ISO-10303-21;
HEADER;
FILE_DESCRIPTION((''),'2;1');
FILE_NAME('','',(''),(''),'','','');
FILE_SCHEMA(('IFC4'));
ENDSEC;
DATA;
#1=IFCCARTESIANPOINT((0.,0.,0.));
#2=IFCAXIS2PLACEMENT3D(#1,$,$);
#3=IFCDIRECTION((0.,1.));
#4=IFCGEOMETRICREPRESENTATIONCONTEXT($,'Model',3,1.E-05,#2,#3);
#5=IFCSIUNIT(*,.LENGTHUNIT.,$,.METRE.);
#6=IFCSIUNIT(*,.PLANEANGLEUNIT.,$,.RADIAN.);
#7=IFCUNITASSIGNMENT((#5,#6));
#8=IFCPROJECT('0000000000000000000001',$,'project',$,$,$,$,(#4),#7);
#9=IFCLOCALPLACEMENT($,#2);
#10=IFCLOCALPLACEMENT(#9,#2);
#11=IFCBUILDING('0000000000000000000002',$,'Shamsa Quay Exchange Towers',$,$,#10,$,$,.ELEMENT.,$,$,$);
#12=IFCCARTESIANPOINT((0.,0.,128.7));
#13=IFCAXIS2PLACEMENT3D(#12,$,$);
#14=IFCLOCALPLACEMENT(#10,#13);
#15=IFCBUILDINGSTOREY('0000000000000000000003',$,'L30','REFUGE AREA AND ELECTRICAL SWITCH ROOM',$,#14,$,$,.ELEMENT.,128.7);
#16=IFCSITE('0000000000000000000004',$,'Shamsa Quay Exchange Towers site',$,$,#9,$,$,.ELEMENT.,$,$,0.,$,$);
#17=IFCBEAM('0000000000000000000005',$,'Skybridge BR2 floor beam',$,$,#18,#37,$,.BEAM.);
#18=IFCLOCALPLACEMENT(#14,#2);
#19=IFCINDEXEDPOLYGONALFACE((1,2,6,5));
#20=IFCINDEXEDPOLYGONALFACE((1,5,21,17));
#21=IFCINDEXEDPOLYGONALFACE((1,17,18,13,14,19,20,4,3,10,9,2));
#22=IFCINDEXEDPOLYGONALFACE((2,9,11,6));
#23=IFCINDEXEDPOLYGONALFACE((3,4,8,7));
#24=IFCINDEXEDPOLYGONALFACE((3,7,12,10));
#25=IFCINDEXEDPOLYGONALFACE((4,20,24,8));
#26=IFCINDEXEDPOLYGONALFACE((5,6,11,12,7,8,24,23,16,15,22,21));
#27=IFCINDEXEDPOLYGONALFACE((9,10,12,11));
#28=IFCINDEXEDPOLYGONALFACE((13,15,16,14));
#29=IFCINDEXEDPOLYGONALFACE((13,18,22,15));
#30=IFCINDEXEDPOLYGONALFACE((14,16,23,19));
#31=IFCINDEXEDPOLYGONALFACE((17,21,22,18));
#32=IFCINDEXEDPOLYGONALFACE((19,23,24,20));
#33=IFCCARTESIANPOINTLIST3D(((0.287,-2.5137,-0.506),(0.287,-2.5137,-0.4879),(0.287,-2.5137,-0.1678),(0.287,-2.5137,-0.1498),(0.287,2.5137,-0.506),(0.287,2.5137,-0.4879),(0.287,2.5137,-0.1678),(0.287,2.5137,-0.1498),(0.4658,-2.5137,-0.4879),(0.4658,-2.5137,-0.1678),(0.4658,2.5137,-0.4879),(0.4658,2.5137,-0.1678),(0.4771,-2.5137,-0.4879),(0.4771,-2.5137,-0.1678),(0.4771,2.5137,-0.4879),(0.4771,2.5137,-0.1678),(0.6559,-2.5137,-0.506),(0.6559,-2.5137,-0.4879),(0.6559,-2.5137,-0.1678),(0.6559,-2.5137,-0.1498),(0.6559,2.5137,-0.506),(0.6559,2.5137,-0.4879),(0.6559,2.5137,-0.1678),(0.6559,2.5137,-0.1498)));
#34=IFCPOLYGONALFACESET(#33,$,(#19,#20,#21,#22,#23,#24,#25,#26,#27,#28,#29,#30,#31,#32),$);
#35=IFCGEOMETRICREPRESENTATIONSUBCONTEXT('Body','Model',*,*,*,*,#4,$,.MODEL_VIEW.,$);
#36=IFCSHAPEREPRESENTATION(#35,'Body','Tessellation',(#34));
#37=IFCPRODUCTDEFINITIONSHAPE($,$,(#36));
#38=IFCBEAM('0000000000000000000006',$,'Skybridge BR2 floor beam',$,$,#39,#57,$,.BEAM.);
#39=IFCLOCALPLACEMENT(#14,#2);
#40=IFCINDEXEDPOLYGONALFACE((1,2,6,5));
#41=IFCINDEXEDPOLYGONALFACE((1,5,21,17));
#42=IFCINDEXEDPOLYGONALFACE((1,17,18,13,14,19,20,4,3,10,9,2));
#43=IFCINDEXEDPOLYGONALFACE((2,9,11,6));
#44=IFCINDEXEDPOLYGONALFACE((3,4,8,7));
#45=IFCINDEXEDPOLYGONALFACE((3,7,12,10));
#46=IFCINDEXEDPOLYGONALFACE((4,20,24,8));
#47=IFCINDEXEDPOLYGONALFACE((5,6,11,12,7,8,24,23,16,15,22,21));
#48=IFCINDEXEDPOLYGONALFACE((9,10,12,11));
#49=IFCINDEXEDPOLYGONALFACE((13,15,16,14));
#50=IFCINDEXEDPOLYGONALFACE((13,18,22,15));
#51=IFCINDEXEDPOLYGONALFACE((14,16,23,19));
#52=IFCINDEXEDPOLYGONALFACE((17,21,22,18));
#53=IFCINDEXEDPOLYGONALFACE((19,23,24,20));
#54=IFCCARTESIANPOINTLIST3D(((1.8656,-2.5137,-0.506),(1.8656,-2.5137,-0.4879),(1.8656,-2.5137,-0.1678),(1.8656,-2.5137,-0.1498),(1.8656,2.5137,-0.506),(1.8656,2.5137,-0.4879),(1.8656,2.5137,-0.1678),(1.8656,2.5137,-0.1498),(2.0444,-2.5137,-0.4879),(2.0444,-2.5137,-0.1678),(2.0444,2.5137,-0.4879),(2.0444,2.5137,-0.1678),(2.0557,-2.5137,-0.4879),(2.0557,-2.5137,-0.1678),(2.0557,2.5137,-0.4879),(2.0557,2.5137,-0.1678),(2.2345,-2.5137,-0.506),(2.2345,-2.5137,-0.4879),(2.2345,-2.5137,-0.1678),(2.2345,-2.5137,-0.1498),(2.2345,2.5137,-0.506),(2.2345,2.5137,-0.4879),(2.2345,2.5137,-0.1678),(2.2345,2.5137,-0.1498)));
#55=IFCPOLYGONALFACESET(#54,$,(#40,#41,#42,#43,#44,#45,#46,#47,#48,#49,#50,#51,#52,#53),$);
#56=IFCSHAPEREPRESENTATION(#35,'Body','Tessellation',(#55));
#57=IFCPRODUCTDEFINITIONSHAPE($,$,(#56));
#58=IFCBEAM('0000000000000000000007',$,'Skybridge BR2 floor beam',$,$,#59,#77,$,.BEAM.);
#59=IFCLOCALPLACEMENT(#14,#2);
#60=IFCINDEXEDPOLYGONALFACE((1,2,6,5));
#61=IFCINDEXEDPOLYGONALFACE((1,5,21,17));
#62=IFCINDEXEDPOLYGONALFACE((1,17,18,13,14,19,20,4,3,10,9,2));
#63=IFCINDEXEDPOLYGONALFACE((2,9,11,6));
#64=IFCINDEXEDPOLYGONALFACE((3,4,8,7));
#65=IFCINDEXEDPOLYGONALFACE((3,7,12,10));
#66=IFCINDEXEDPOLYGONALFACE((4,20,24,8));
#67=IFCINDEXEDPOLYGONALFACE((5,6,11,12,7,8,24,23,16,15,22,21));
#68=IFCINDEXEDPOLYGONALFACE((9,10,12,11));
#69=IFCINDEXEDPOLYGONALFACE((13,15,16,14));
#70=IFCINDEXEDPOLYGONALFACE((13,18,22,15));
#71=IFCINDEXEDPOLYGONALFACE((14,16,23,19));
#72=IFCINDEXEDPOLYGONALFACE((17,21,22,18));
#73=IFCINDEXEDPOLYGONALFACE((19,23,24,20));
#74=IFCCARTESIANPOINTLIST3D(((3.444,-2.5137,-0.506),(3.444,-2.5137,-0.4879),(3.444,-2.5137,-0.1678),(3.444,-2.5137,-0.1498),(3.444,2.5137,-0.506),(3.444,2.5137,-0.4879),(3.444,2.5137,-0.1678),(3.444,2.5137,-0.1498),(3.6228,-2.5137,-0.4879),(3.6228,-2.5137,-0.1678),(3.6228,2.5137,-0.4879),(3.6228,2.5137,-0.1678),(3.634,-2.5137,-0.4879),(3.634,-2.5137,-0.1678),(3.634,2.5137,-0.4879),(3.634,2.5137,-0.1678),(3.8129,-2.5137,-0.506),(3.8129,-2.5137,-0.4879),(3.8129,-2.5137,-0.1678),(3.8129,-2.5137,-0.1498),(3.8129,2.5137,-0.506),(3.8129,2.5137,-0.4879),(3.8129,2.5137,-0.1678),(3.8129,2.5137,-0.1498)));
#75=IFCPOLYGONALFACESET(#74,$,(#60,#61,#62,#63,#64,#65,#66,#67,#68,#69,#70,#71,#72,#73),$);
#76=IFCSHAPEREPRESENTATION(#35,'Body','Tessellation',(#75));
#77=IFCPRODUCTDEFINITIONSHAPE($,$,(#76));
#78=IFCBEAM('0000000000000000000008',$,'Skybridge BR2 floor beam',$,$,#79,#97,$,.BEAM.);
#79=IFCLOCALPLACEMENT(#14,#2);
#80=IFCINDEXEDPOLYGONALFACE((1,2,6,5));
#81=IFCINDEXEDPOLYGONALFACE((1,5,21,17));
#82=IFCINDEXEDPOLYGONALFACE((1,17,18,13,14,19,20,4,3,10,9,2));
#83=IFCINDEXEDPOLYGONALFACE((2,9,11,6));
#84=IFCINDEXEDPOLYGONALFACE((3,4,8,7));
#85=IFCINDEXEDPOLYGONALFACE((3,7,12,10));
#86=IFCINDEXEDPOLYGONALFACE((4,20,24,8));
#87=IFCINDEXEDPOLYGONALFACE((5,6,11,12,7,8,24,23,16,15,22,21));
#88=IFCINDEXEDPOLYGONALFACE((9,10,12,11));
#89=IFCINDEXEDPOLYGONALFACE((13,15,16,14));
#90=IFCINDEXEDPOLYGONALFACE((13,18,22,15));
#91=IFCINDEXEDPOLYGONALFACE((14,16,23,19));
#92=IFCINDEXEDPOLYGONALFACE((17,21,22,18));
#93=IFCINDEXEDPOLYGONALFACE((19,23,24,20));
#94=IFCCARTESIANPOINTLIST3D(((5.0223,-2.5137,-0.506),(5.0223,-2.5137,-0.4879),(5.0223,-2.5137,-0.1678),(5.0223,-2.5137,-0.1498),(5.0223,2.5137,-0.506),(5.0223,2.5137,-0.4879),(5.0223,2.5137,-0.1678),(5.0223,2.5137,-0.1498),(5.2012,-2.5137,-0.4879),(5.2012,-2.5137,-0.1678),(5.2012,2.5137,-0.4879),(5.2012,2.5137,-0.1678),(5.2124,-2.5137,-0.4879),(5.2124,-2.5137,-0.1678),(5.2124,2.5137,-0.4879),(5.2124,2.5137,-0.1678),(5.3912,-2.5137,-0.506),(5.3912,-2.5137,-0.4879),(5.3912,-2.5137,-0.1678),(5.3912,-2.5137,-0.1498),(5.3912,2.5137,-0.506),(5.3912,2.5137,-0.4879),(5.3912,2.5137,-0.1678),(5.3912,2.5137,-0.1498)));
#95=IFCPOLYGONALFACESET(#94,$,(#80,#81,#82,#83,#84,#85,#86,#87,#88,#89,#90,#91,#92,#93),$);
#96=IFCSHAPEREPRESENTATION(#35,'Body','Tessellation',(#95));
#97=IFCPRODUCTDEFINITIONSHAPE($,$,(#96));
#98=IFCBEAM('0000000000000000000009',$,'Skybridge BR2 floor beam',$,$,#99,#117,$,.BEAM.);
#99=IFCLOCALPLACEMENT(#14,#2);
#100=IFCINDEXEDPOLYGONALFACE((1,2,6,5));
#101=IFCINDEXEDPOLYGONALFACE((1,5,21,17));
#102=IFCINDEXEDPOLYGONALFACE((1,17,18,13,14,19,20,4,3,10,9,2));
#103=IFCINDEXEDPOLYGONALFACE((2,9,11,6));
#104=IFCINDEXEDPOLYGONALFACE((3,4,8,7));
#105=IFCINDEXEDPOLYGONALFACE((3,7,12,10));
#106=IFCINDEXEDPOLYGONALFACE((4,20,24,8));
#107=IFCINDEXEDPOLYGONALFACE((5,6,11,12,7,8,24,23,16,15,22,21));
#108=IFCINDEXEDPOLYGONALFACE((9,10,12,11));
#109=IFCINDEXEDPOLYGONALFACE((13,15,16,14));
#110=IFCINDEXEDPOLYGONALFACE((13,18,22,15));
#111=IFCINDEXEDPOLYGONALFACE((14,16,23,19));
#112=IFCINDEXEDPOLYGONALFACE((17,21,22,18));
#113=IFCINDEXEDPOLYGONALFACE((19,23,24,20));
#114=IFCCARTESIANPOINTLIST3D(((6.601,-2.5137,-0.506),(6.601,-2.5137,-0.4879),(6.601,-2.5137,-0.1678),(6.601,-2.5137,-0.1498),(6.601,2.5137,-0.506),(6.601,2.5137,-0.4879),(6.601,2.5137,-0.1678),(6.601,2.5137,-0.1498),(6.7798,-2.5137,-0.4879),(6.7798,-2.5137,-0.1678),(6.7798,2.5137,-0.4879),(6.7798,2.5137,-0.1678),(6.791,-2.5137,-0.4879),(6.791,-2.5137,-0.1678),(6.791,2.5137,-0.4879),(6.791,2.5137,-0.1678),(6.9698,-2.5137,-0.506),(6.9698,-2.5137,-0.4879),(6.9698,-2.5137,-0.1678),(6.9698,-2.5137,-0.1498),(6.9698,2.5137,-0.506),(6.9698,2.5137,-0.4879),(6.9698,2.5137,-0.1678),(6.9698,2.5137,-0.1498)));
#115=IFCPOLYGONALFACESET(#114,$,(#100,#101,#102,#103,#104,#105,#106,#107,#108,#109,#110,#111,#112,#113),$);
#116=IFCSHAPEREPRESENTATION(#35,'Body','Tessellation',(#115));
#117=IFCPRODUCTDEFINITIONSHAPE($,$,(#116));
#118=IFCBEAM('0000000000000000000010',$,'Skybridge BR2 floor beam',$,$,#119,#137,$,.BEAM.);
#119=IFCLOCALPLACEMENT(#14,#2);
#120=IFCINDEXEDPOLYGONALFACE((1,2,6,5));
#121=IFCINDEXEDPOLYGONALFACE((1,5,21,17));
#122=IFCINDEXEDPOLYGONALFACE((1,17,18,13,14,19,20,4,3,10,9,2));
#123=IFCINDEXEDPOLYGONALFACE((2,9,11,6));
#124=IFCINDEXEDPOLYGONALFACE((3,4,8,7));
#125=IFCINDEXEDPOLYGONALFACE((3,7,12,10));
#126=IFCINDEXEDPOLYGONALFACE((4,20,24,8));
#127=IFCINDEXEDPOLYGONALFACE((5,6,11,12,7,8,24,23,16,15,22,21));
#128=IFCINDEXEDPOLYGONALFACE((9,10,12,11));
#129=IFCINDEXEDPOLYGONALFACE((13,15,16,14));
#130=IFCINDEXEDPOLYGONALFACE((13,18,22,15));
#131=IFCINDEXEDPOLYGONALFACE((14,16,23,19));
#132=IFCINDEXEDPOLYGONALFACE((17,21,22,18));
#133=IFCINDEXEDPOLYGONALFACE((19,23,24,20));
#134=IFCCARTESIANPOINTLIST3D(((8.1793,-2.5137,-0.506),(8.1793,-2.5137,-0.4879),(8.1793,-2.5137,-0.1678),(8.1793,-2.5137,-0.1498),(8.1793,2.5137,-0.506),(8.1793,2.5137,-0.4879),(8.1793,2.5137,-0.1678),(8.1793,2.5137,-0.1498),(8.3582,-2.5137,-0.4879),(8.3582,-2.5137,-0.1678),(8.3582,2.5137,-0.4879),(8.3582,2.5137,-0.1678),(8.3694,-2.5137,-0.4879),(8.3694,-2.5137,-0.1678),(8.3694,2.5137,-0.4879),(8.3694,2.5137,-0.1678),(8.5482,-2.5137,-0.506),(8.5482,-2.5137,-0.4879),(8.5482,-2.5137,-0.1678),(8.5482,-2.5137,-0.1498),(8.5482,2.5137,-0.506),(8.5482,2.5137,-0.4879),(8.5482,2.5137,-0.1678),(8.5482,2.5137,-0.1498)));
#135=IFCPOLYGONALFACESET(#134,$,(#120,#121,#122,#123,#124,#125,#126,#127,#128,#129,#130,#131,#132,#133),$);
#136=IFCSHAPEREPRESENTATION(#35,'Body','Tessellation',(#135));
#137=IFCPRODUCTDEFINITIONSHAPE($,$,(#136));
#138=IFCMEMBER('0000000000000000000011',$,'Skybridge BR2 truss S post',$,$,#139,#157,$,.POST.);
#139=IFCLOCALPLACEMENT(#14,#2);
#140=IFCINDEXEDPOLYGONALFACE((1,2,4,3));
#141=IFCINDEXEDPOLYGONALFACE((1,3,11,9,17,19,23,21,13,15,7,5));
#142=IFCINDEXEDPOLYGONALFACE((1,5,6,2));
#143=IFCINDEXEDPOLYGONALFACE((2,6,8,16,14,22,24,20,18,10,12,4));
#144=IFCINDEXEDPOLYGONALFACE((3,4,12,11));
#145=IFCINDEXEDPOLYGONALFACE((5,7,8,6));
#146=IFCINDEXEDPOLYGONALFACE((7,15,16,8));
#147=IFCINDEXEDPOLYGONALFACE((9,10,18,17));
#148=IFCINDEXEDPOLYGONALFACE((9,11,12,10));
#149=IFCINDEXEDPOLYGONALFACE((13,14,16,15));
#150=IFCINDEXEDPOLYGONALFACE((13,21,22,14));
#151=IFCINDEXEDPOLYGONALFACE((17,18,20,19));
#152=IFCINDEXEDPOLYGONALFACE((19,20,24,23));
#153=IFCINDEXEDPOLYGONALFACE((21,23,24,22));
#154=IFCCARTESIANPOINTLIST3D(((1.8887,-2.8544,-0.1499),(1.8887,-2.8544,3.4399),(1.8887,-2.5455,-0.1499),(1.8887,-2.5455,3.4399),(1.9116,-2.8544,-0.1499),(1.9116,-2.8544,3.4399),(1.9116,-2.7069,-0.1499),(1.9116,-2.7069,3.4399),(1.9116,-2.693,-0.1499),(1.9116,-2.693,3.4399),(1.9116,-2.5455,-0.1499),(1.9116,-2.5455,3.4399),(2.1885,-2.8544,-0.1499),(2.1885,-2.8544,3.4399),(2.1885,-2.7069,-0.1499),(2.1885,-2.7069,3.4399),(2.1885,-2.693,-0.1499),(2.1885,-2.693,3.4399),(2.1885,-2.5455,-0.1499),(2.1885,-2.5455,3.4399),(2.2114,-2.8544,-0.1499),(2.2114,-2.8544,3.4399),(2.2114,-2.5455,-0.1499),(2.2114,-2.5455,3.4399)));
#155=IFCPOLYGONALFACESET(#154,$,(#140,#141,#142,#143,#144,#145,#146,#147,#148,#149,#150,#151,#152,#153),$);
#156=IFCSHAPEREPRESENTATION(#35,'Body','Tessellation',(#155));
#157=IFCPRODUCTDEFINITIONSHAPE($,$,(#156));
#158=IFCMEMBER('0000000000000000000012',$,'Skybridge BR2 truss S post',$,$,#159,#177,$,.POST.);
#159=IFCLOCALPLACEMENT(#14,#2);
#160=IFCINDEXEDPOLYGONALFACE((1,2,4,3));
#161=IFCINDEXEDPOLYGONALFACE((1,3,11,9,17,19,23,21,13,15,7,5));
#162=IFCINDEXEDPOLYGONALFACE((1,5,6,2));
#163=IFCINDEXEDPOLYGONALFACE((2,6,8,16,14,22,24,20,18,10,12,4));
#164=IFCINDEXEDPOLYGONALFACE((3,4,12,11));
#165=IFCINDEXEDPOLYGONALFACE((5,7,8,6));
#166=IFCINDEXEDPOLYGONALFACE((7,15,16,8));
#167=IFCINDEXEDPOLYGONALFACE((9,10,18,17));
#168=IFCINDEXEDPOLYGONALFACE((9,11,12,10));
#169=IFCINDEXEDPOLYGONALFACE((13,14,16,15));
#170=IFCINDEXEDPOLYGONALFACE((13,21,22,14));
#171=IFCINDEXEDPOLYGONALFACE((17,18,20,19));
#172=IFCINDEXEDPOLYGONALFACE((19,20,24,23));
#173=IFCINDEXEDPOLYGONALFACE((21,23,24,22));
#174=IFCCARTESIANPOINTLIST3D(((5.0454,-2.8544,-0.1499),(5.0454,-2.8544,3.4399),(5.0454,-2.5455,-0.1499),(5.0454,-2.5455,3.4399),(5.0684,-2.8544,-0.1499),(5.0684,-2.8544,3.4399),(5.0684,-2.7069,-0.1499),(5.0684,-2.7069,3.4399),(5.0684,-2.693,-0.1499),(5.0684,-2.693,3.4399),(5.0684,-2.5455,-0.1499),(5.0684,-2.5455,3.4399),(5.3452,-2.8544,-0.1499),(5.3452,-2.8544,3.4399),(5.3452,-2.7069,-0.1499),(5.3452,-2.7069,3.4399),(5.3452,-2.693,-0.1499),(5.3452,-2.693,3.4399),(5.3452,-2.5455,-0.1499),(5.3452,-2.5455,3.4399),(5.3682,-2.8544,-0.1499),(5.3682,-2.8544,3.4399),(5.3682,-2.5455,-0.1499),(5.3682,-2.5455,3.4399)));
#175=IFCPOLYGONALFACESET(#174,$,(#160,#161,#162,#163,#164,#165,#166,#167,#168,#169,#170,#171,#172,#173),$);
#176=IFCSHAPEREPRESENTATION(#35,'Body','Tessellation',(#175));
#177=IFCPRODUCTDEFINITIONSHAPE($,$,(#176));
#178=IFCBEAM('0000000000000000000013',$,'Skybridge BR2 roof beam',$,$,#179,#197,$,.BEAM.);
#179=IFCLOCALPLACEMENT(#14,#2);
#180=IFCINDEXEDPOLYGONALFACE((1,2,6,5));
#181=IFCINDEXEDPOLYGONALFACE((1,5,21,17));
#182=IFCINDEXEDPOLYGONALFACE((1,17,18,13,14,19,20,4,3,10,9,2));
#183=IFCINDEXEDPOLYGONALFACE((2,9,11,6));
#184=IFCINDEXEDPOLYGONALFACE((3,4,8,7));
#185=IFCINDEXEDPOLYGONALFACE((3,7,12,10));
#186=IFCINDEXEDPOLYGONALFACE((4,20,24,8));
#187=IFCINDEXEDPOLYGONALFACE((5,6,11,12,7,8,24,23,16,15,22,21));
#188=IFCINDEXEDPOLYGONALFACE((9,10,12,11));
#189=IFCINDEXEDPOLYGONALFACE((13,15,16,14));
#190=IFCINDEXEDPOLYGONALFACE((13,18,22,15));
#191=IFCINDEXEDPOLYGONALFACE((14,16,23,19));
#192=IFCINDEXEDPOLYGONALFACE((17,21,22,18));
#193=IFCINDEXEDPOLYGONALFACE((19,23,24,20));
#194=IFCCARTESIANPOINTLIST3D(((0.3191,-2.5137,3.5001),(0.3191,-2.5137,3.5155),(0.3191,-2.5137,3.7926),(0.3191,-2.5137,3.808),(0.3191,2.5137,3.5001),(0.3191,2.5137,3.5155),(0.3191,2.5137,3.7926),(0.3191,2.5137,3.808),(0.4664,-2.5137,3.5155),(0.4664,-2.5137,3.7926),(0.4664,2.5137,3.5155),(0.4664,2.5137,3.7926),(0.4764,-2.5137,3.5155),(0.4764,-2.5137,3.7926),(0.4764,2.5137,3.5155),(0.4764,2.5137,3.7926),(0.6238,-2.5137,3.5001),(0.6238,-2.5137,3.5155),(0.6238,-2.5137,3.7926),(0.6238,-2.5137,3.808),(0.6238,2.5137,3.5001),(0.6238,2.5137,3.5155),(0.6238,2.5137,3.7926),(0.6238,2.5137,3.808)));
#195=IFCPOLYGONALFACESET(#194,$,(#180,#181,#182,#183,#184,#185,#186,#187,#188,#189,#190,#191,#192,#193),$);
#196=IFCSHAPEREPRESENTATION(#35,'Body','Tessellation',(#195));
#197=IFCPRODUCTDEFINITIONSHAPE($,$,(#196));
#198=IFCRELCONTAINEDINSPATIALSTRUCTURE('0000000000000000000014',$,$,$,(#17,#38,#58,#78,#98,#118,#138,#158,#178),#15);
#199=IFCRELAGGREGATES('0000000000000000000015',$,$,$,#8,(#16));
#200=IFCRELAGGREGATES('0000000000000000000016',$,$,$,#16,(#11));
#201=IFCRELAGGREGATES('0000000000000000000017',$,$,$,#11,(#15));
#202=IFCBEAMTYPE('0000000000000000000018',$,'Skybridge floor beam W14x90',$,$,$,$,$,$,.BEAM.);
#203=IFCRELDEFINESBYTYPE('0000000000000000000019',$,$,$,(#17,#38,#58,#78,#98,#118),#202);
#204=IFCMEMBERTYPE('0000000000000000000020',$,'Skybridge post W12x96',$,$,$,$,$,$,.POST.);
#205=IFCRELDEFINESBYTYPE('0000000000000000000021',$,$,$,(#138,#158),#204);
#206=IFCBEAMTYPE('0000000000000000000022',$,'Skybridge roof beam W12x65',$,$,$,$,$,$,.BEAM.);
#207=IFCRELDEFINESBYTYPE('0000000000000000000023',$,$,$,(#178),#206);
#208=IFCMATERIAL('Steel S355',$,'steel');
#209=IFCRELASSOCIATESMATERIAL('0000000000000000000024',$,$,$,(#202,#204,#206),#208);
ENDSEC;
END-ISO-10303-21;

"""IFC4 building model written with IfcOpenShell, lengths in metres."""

from ifc_helpers import new_model, si_unit, direction, frame, origin, origin_2d, place, context, subcontext, project, spatial, i_section, extrude, material, material_profile, profile_set, type_object, element, save


model = new_model("IFC4")

# Units and contexts
model_context = context("Model", 3, precision=1e-05, world=origin(), true_north=direction((0.0, 1.0)))
body_context = subcontext(model_context, "Body", "Model", "MODEL_VIEW")
ifc_project = project(units=[si_unit("LENGTHUNIT", "METRE"), si_unit("PLANEANGLEUNIT", "RADIAN")], contexts=[model_context])

# Site, building, storey
site_placement = place(None, origin())
site = spatial("IfcSite", under=ifc_project, at=site_placement, Name="Shamsa Quay Exchange Towers site", CompositionType="ELEMENT", RefElevation=0.0)
building_placement = place(site_placement, origin())
building = spatial("IfcBuilding", under=site, at=building_placement, Name="Shamsa Quay Exchange Towers", CompositionType="ELEMENT")
storey_placement = place(building_placement, frame((0.0, 0.0, 128.7)))
storey = spatial("IfcBuildingStorey", under=building, at=storey_placement, Name="L30", Description="REFUGE AREA AND ELECTRICAL SWITCH ROOM", CompositionType="ELEMENT", Elevation=128.7)

# Shared definitions
ifc_material_1 = material(Name="Steel S355", Category="steel")

# Beams
ifc_material_profile_1 = material_profile(ifc_material_1, i_section(OverallWidth=0.3689, OverallDepth=0.3562, WebThickness=0.0112, FlangeThickness=0.0181, at=origin_2d()), Name="W14x90")
ifc_profile_set_1 = profile_set([ifc_material_profile_1], Name="Steel S355")
beam_type_1 = type_object("IfcBeamType", Name="Skybridge floor beam W14x90", PredefinedType="BEAM", material=ifc_profile_set_1)
for number, where, z_axis, x_axis, name in (
    (1, (0.4714, -2.5137, -0.3279), (0.0, 1.0, 0.0), (-1.0, 0.0, 0.0), "Skybridge BR2 floor beam"),
    (2, (2.05, -2.5137, -0.3279), (0.0, 1.0, 0.0), (-1.0, 0.0, 0.0), "Skybridge BR2 floor beam"),
    (3, (3.6284, -2.5137, -0.3279), (0.0, 1.0, 0.0), (-1.0, 0.0, 0.0), "Skybridge BR2 floor beam"),
    (4, (5.2068, -2.5137, -0.3279), (0.0, 1.0, 0.0), (-1.0, 0.0, 0.0), "Skybridge BR2 floor beam"),
    (5, (6.7854, -2.5137, -0.3279), (0.0, 1.0, 0.0), (-1.0, 0.0, 0.0), "Skybridge BR2 floor beam"),
    (6, (8.3638, -2.5137, -0.3279), (0.0, 1.0, 0.0), (-1.0, 0.0, 0.0), "Skybridge BR2 floor beam"),
):
    element("IfcBeam", number, at=place(storey_placement, frame(where, z_axis=z_axis, x_axis=x_axis)), inside=storey, type_object=beam_type_1, Name=name, PredefinedType="BEAM", context=body_context, shape_type="SweptSolid", body=[
        extrude(i_section(OverallWidth=0.3689, OverallDepth=0.3562, WebThickness=0.0112, FlangeThickness=0.0181, at=origin_2d()), origin(), (0.0, 0.0, 1.0), 5.0273),
    ])

# Members
ifc_material_profile_2 = material_profile(ifc_material_1, i_section(OverallWidth=0.3088, OverallDepth=0.3228, WebThickness=0.0139, FlangeThickness=0.0229, at=origin_2d()), Name="W12x96")
ifc_profile_set_2 = profile_set([ifc_material_profile_2], Name="Steel S355")
member_type_1 = type_object("IfcMemberType", Name="Skybridge post W12x96", PredefinedType="POST", material=ifc_profile_set_2)
for number, where, z_axis, x_axis, name in (
    (7, (2.05, -2.7, -0.1499), (0.0, 0.0, 1.0), (0.0, 1.0, 0.0), "Skybridge BR2 truss S post"),
    (8, (5.2068, -2.7, -0.1499), (0.0, 0.0, 1.0), (0.0, 1.0, 0.0), "Skybridge BR2 truss S post"),
):
    element("IfcMember", number, at=place(storey_placement, frame(where, z_axis=z_axis, x_axis=x_axis)), inside=storey, type_object=member_type_1, Name=name, PredefinedType="POST", context=body_context, shape_type="SweptSolid", body=[
        extrude(i_section(OverallWidth=0.3088, OverallDepth=0.3228, WebThickness=0.0139, FlangeThickness=0.0229, at=origin_2d()), origin(), (0.0, 0.0, 1.0), 3.5898),
    ])

# Beam
ifc_material_profile_3 = material_profile(ifc_material_1, i_section(OverallWidth=0.3047, OverallDepth=0.3079, WebThickness=0.01, FlangeThickness=0.0154, at=origin_2d()), Name="W12x65")
ifc_profile_set_3 = profile_set([ifc_material_profile_3], Name="Steel S355")
beam_type_2 = type_object("IfcBeamType", Name="Skybridge roof beam W12x65", PredefinedType="BEAM", material=ifc_profile_set_3)
for number, where, z_axis, x_axis, name in (
    (9, (0.4714, -2.5137, 3.6541), (0.0, 1.0, 0.0), (-1.0, 0.0, 0.0), "Skybridge BR2 roof beam"),
):
    element("IfcBeam", number, at=place(storey_placement, frame(where, z_axis=z_axis, x_axis=x_axis)), inside=storey, type_object=beam_type_2, Name=name, PredefinedType="BEAM", context=body_context, shape_type="SweptSolid", body=[
        extrude(i_section(OverallWidth=0.3047, OverallDepth=0.3079, WebThickness=0.01, FlangeThickness=0.0154, at=origin_2d()), origin(), (0.0, 0.0, 1.0), 5.0273),
    ])

save(model, "model.ifc")
